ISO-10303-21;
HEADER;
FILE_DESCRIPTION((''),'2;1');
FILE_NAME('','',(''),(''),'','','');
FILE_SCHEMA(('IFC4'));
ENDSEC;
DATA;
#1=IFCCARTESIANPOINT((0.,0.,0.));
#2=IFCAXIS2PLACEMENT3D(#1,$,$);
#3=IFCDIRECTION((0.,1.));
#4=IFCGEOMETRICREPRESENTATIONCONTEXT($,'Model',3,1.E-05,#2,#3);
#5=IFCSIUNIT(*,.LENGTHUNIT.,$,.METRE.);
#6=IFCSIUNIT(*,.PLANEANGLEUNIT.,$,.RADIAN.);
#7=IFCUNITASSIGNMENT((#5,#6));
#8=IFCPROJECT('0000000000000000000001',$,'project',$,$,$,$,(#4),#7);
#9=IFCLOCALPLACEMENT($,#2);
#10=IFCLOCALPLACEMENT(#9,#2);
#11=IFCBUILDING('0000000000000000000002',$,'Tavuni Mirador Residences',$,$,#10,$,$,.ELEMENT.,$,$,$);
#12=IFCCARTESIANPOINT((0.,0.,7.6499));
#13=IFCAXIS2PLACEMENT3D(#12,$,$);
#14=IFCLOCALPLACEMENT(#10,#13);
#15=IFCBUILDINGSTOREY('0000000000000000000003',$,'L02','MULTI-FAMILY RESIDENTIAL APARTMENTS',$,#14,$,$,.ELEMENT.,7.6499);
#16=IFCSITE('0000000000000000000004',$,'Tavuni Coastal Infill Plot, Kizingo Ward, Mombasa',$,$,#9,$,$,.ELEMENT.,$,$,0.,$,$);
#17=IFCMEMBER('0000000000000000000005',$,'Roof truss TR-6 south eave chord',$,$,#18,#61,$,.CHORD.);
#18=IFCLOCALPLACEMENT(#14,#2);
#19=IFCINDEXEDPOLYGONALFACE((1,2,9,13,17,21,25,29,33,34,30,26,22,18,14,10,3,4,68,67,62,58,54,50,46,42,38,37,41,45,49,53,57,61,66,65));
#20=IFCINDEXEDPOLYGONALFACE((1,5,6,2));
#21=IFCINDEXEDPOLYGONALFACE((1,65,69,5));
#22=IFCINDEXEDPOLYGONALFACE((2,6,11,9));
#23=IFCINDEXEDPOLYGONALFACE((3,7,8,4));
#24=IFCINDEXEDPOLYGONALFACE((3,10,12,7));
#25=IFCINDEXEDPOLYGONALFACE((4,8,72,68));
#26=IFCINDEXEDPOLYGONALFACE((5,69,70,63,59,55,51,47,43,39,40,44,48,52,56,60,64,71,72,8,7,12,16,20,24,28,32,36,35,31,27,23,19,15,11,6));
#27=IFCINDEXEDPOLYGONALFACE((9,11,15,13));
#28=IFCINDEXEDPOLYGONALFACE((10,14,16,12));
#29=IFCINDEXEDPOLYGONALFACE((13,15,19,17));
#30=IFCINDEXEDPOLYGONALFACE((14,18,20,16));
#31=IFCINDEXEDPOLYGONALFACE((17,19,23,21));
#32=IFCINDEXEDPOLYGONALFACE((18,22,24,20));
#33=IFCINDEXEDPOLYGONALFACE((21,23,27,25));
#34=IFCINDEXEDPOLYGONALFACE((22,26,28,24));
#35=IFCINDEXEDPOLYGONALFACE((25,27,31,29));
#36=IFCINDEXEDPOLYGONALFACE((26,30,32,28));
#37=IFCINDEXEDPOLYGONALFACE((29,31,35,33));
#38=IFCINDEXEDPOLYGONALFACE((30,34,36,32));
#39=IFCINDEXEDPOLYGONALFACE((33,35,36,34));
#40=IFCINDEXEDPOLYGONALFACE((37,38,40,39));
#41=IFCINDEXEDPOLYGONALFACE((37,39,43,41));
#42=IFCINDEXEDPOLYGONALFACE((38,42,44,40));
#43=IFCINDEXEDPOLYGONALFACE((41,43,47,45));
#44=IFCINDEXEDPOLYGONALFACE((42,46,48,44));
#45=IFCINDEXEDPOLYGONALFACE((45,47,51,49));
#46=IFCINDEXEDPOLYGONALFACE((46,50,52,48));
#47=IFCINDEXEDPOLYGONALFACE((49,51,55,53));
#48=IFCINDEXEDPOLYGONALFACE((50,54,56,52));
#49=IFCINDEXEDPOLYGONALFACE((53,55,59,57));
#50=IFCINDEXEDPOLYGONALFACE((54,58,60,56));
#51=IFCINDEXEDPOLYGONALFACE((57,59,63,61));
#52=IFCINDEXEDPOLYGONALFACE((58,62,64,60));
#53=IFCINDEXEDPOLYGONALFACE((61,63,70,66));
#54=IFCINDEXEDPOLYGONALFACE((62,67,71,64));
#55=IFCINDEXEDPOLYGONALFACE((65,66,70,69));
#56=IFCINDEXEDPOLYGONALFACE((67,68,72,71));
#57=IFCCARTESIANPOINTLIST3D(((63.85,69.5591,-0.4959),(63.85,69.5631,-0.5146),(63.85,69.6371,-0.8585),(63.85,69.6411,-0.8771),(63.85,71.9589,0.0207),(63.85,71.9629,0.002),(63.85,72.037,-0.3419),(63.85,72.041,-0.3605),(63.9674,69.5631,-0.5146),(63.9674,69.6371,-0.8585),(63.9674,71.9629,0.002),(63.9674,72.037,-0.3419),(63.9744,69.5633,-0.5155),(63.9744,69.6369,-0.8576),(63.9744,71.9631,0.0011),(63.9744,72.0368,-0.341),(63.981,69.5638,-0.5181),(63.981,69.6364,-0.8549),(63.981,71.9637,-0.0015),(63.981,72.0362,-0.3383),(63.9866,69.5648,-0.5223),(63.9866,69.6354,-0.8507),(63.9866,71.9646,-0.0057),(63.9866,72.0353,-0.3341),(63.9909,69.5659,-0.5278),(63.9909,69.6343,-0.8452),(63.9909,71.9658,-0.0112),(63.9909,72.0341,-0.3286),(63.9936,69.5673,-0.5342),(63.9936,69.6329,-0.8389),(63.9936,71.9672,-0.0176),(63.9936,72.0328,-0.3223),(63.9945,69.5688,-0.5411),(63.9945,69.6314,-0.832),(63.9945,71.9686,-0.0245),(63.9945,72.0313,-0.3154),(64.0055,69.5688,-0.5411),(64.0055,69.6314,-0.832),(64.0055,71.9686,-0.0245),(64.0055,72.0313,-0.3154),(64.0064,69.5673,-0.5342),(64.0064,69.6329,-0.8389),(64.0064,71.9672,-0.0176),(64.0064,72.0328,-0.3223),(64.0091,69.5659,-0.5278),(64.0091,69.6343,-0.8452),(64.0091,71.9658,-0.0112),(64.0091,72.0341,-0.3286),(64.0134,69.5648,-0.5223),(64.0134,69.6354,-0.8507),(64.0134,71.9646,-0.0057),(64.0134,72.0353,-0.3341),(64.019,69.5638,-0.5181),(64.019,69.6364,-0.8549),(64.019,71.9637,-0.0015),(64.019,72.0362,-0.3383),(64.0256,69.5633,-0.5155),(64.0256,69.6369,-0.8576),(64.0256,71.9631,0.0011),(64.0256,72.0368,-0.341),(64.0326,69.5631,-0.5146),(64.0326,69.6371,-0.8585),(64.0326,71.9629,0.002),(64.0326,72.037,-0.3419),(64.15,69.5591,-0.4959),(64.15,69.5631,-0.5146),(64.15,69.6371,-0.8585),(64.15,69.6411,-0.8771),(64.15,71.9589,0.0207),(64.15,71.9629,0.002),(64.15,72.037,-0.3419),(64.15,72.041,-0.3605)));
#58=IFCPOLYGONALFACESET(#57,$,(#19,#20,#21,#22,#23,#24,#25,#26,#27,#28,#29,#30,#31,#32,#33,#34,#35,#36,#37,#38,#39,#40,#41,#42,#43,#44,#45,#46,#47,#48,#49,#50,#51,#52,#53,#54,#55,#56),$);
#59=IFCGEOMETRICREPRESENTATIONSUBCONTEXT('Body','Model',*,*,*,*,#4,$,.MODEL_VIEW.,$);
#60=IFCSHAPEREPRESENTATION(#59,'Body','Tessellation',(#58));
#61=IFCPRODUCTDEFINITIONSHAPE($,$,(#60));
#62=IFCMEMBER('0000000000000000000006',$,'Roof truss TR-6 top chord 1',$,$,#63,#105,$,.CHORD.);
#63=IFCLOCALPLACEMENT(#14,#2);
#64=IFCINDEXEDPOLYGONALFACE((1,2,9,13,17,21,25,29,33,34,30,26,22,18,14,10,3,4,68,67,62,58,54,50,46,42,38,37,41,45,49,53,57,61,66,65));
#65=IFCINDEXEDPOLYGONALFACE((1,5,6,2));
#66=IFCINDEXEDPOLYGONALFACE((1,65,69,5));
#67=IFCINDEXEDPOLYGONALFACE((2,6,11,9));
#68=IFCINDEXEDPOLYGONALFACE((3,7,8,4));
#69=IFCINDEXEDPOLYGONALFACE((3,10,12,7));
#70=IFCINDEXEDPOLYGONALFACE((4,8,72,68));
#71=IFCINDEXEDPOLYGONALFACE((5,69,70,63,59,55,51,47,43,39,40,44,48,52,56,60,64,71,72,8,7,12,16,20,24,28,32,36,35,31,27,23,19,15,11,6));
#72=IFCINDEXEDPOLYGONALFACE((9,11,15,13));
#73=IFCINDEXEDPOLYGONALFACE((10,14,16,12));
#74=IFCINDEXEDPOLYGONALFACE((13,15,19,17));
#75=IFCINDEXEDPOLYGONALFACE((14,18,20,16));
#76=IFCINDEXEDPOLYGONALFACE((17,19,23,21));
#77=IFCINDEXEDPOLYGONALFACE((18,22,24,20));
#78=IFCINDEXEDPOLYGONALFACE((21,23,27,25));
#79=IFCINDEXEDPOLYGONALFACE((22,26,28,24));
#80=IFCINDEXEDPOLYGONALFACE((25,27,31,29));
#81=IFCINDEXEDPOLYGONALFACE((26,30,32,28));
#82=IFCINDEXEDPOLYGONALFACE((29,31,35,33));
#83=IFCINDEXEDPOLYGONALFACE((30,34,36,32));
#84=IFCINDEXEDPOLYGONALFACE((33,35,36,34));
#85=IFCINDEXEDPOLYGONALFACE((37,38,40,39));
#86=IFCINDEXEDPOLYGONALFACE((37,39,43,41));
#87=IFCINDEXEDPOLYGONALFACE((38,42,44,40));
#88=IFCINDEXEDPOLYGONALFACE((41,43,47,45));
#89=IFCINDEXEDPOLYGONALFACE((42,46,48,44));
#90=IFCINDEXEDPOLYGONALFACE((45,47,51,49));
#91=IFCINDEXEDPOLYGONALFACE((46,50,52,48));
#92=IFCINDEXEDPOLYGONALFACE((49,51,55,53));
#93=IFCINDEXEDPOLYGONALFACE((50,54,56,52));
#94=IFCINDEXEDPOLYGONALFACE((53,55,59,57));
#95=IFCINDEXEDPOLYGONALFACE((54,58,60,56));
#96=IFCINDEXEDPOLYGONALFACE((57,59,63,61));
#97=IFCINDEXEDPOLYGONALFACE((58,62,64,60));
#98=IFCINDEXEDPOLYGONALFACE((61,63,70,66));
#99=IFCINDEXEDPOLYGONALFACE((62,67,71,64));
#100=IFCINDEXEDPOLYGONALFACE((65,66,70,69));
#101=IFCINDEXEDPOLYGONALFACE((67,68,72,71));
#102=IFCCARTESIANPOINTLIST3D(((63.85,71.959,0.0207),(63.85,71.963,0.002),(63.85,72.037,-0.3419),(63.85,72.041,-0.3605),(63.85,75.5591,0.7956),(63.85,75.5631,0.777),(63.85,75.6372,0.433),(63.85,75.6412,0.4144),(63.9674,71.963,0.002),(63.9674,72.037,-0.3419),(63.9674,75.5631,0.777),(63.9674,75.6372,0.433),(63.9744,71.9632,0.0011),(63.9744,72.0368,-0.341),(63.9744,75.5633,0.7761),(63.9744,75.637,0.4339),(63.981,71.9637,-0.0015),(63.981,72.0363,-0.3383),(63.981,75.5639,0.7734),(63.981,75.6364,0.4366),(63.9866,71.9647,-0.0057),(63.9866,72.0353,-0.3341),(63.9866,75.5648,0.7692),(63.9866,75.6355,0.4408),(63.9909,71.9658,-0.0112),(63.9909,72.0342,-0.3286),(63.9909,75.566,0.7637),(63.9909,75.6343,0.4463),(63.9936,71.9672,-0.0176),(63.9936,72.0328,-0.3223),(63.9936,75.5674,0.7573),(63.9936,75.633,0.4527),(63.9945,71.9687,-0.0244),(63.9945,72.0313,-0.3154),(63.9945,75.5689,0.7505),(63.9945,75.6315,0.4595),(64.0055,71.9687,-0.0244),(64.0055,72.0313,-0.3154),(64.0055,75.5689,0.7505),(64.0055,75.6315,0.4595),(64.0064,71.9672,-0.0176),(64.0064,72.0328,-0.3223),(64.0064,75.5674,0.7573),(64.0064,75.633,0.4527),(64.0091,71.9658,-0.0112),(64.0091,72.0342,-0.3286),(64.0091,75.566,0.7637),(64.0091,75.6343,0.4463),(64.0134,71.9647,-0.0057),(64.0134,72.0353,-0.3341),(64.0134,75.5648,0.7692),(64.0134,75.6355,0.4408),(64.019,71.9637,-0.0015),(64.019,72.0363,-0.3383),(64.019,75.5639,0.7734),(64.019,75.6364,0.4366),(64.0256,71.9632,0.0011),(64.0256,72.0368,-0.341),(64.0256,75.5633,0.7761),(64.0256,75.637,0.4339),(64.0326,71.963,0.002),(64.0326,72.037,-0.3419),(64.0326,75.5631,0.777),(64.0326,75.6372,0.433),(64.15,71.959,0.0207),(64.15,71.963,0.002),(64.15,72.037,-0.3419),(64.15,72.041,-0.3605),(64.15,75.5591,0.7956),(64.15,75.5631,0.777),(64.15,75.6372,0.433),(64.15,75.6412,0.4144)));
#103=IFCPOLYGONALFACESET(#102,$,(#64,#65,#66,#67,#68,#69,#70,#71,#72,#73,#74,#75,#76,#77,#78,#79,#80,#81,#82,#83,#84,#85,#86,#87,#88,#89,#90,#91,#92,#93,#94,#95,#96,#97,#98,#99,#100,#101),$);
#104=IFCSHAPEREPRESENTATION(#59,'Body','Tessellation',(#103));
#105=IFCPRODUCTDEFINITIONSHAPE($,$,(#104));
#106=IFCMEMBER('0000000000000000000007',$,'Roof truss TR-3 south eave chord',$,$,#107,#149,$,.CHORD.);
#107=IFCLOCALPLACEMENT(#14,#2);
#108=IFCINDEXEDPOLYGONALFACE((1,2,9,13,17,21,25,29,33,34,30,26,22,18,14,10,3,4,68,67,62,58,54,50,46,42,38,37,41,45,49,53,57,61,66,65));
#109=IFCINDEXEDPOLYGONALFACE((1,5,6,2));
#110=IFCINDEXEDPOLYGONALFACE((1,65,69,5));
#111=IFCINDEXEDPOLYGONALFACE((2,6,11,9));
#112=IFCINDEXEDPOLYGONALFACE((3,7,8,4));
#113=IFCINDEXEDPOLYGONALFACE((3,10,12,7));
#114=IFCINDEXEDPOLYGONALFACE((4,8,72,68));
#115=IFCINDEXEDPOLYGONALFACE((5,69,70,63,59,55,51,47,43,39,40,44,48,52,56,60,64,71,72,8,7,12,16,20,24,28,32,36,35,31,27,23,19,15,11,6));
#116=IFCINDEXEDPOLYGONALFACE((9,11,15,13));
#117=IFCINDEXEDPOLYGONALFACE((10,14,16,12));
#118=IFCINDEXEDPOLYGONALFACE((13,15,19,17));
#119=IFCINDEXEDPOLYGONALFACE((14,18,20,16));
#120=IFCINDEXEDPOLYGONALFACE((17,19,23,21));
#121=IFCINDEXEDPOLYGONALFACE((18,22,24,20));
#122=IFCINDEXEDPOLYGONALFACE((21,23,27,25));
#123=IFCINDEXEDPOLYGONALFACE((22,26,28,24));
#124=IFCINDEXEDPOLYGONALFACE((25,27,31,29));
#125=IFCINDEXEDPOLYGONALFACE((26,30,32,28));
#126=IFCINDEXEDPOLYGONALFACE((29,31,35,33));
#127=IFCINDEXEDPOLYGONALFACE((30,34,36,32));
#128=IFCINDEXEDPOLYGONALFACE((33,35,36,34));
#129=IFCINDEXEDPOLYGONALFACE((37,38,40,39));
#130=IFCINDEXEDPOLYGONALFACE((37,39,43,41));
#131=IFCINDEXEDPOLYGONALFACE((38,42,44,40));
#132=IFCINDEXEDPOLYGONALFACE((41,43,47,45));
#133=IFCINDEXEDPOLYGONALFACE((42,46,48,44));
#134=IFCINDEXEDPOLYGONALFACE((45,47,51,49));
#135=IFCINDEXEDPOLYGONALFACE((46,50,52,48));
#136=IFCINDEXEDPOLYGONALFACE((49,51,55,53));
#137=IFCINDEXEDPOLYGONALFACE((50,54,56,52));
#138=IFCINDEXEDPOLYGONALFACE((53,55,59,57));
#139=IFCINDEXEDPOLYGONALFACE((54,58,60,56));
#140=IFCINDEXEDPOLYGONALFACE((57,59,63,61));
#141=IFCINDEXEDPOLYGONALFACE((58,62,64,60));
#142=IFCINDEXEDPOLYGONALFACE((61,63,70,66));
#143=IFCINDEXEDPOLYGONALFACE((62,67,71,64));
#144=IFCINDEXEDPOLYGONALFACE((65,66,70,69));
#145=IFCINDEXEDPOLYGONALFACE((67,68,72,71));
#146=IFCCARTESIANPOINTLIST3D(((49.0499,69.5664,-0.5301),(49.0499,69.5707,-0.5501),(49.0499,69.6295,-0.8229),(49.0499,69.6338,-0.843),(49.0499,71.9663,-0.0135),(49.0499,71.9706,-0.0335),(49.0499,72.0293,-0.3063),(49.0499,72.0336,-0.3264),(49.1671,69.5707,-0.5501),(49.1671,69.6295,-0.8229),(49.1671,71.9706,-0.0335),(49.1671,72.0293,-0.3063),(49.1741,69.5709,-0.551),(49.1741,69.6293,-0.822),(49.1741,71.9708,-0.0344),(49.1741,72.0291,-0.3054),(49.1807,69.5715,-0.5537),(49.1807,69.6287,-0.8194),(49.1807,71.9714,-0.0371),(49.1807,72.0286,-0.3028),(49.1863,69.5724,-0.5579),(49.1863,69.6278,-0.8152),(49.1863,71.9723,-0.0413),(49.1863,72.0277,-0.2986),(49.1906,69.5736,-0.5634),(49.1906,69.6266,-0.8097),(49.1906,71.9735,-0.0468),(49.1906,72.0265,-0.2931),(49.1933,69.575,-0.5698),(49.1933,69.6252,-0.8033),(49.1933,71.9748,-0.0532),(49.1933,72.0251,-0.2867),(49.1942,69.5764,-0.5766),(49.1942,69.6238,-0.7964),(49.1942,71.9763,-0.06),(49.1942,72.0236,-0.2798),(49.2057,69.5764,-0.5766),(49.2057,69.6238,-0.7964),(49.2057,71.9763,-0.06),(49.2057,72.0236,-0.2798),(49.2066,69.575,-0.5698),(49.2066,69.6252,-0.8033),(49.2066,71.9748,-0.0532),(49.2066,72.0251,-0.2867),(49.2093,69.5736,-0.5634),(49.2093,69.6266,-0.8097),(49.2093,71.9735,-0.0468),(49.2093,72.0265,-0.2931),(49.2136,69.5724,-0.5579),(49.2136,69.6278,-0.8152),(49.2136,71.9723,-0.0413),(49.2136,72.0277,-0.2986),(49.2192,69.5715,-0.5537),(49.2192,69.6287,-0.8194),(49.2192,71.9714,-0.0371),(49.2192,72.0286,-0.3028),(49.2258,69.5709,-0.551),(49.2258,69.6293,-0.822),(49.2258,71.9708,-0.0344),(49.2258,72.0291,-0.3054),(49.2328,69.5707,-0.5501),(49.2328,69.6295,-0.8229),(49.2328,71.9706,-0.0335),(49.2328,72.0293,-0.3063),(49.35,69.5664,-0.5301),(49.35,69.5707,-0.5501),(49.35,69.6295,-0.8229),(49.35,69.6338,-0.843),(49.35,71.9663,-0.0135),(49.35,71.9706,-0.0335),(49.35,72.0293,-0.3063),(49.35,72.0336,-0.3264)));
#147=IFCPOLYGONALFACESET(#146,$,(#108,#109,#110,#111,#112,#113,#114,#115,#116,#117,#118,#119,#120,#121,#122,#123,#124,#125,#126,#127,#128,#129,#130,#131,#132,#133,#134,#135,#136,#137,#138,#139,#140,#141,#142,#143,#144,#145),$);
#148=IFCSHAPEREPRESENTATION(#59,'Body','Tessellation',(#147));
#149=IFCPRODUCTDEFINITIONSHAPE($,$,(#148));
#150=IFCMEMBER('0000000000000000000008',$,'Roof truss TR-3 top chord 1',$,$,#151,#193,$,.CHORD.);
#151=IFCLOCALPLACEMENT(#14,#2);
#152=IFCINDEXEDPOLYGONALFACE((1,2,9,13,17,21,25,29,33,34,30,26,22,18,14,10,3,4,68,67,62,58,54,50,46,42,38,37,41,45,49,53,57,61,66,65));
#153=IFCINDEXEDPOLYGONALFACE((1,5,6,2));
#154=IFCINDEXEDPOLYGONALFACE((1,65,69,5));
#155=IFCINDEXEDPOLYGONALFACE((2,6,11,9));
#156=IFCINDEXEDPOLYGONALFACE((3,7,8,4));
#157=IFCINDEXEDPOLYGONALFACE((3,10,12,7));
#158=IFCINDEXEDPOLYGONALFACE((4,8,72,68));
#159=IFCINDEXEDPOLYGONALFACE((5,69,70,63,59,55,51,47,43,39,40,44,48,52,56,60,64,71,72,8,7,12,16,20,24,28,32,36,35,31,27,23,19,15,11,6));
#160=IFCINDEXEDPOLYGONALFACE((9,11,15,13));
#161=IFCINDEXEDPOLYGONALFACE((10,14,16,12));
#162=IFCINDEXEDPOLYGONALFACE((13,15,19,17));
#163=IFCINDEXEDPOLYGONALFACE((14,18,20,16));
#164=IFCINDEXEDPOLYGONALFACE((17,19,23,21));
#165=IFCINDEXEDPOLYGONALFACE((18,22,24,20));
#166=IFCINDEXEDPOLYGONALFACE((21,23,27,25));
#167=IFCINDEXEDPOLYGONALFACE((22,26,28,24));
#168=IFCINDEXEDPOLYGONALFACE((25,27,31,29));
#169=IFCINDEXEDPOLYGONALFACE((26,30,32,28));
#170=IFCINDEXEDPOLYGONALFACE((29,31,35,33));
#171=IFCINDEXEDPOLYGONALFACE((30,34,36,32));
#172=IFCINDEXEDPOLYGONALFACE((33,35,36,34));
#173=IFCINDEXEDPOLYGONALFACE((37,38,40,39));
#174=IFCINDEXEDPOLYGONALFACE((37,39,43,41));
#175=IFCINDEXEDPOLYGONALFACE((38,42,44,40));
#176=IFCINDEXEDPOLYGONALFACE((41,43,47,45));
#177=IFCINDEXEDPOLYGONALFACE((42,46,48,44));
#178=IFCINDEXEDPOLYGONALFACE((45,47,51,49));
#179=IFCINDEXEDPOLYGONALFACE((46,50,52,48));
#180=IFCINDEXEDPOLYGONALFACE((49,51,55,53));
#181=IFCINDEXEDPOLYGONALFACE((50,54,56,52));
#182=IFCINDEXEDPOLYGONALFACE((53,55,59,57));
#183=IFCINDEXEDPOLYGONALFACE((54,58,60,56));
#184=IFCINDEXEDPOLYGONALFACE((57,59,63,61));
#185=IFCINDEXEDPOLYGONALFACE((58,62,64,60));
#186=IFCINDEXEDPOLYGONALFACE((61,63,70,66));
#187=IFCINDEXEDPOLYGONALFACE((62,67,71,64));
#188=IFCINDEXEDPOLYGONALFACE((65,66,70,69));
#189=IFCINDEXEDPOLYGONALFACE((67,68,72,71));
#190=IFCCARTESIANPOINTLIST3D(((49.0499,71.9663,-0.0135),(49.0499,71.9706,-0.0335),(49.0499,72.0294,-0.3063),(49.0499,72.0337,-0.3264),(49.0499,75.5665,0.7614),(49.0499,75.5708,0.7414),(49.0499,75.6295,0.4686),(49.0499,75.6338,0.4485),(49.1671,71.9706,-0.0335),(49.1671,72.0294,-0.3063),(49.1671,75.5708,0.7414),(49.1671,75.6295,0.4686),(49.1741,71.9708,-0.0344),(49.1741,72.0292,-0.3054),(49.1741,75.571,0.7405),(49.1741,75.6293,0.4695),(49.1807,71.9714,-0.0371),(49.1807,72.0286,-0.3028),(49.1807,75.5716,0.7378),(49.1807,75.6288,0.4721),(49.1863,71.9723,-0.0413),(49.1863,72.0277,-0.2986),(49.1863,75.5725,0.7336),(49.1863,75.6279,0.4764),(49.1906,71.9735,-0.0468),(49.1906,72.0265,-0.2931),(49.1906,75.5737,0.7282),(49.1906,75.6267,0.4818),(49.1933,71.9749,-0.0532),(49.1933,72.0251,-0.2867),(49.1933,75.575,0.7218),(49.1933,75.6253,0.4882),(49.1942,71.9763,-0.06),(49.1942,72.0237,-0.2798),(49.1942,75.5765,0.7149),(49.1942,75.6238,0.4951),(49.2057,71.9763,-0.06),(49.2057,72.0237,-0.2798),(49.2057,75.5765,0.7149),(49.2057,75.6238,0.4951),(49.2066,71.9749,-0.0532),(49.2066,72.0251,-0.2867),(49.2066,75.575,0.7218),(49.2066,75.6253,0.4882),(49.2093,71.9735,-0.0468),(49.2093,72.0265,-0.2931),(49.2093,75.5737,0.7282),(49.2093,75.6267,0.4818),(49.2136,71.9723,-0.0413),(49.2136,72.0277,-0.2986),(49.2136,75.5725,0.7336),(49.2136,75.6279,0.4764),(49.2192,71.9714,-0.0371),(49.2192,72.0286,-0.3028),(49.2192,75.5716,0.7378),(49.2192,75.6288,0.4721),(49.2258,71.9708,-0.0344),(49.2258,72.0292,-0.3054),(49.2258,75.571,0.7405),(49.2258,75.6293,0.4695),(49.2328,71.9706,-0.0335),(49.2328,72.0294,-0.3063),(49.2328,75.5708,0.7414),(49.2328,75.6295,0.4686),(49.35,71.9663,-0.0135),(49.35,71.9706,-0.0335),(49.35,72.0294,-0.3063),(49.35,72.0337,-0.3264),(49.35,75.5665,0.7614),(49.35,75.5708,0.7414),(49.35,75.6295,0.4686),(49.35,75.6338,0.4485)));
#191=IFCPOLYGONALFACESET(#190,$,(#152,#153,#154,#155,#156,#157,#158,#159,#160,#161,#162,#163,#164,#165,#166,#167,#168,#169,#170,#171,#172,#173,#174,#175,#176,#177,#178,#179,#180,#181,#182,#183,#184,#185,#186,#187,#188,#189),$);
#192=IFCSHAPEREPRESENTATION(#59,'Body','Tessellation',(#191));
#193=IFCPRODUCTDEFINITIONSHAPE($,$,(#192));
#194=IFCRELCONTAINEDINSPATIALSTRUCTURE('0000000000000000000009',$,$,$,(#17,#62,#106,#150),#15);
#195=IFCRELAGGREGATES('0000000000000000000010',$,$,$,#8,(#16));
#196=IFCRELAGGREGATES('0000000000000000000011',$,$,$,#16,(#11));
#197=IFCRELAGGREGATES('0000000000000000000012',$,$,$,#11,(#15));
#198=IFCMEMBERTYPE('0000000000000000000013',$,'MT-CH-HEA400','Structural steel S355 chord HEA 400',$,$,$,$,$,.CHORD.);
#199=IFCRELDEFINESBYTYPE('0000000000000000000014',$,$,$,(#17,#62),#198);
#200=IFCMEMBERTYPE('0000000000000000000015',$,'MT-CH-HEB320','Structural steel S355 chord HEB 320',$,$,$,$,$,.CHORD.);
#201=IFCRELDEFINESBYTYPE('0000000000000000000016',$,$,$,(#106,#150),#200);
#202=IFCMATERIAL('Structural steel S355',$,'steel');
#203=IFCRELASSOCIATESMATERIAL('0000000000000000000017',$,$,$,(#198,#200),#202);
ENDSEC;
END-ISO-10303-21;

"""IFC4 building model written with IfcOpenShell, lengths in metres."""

from ifc_helpers import new_model, si_unit, direction, frame, origin, origin_2d, place, context, subcontext, project, spatial, i_section, extrude, material, material_profile, profile_set, type_object, element, save


model = new_model("IFC4")

# Units and contexts
model_context = context("Model", 3, precision=1e-05, world=origin(), true_north=direction((0.0, 1.0)))
body_context = subcontext(model_context, "Body", "Model", "MODEL_VIEW")
ifc_project = project(units=[si_unit("LENGTHUNIT", "METRE"), si_unit("PLANEANGLEUNIT", "RADIAN")], contexts=[model_context])

# Site, building, storey
site_placement = place(None, origin())
site = spatial("IfcSite", under=ifc_project, at=site_placement, Name="Tavuni Coastal Infill Plot, Kizingo Ward, Mombasa", CompositionType="ELEMENT", RefElevation=0.0)
building_placement = place(site_placement, origin())
building = spatial("IfcBuilding", under=site, at=building_placement, Name="Tavuni Mirador Residences", CompositionType="ELEMENT")
storey_placement = place(building_placement, frame((0.0, 0.0, 7.6499)))
storey = spatial("IfcBuildingStorey", under=building, at=storey_placement, Name="L02", Description="MULTI-FAMILY RESIDENTIAL APARTMENTS", CompositionType="ELEMENT", Elevation=7.6499)

# Shared definitions
ifc_material_1 = material(Name="Structural steel S355", Category="steel")

# Members
ifc_material_profile_1 = material_profile(ifc_material_1, i_section(OverallWidth=0.3, OverallDepth=0.3899, WebThickness=0.011, FlangeThickness=0.019, FilletRadius=0.0271, at=origin_2d()), Name="HEA 400", Category="steel")
ifc_profile_set_1 = profile_set([ifc_material_profile_1], Name="Structural steel S355")
member_type_1 = type_object("IfcMemberType", Name="MT-CH-HEA400", Description="Structural steel S355 chord HEA 400", PredefinedType="CHORD", material=ifc_profile_set_1)
member_1_placement = place(storey_placement, frame((64.0, 69.6001, -0.6865), z_axis=(0.0, 0.977607, 0.210439), x_axis=(-1.0, 0.0, 0.0)))
element("IfcMember", 1, at=member_1_placement, inside=storey, type_object=member_type_1, Name="Roof truss TR-6 south eave chord", PredefinedType="CHORD", context=body_context, shape_type="SweptSolid", body=[
    extrude(i_section(OverallWidth=0.3, OverallDepth=0.3899, WebThickness=0.011, FlangeThickness=0.019, FilletRadius=0.0271, at=origin_2d()), origin(), (0.0, 0.0, 1.0), 2.4548),
])
member_2_placement = place(storey_placement, frame((64.0, 72.0, -0.1699), z_axis=(0.0, 0.97761, 0.210425), x_axis=(-1.0, 0.0, 0.0)))
element("IfcMember", 2, at=member_2_placement, inside=storey, type_object=member_type_1, Name="Roof truss TR-6 top chord 1", PredefinedType="CHORD", context=body_context, shape_type="SweptSolid", body=[
    extrude(i_section(OverallWidth=0.3, OverallDepth=0.3899, WebThickness=0.011, FlangeThickness=0.019, FilletRadius=0.0271, at=origin_2d()), origin(), (0.0, 0.0, 1.0), 3.6826),
])
ifc_material_profile_2 = material_profile(ifc_material_1, i_section(OverallWidth=0.3, OverallDepth=0.3201, WebThickness=0.0115, FlangeThickness=0.0205, FilletRadius=0.0271, at=origin_2d()), Name="HEB 320", Category="steel")
ifc_profile_set_2 = profile_set([ifc_material_profile_2], Name="Structural steel S355")
member_type_2 = type_object("IfcMemberType", Name="MT-CH-HEB320", Description="Structural steel S355 chord HEB 320", PredefinedType="CHORD", material=ifc_profile_set_2)
member_3_placement = place(storey_placement, frame((49.2, 69.6001, -0.6865), z_axis=(0.0, 0.977607, 0.210439), x_axis=(-1.0, 0.0, 0.0)))
element("IfcMember", 3, at=member_3_placement, inside=storey, type_object=member_type_2, Name="Roof truss TR-3 south eave chord", PredefinedType="CHORD", context=body_context, shape_type="SweptSolid", body=[
    extrude(i_section(OverallWidth=0.3, OverallDepth=0.3201, WebThickness=0.0115, FlangeThickness=0.0205, FilletRadius=0.0271, at=origin_2d()), origin(), (0.0, 0.0, 1.0), 2.4548),
])
member_4_placement = place(storey_placement, frame((49.2, 72.0, -0.1699), z_axis=(0.0, 0.97761, 0.210425), x_axis=(-1.0, 0.0, 0.0)))
element("IfcMember", 4, at=member_4_placement, inside=storey, type_object=member_type_2, Name="Roof truss TR-3 top chord 1", PredefinedType="CHORD", context=body_context, shape_type="SweptSolid", body=[
    extrude(i_section(OverallWidth=0.3, OverallDepth=0.3201, WebThickness=0.0115, FlangeThickness=0.0205, FilletRadius=0.0271, at=origin_2d()), origin(), (0.0, 0.0, 1.0), 3.6826),
])

save(model, "model.ifc")
